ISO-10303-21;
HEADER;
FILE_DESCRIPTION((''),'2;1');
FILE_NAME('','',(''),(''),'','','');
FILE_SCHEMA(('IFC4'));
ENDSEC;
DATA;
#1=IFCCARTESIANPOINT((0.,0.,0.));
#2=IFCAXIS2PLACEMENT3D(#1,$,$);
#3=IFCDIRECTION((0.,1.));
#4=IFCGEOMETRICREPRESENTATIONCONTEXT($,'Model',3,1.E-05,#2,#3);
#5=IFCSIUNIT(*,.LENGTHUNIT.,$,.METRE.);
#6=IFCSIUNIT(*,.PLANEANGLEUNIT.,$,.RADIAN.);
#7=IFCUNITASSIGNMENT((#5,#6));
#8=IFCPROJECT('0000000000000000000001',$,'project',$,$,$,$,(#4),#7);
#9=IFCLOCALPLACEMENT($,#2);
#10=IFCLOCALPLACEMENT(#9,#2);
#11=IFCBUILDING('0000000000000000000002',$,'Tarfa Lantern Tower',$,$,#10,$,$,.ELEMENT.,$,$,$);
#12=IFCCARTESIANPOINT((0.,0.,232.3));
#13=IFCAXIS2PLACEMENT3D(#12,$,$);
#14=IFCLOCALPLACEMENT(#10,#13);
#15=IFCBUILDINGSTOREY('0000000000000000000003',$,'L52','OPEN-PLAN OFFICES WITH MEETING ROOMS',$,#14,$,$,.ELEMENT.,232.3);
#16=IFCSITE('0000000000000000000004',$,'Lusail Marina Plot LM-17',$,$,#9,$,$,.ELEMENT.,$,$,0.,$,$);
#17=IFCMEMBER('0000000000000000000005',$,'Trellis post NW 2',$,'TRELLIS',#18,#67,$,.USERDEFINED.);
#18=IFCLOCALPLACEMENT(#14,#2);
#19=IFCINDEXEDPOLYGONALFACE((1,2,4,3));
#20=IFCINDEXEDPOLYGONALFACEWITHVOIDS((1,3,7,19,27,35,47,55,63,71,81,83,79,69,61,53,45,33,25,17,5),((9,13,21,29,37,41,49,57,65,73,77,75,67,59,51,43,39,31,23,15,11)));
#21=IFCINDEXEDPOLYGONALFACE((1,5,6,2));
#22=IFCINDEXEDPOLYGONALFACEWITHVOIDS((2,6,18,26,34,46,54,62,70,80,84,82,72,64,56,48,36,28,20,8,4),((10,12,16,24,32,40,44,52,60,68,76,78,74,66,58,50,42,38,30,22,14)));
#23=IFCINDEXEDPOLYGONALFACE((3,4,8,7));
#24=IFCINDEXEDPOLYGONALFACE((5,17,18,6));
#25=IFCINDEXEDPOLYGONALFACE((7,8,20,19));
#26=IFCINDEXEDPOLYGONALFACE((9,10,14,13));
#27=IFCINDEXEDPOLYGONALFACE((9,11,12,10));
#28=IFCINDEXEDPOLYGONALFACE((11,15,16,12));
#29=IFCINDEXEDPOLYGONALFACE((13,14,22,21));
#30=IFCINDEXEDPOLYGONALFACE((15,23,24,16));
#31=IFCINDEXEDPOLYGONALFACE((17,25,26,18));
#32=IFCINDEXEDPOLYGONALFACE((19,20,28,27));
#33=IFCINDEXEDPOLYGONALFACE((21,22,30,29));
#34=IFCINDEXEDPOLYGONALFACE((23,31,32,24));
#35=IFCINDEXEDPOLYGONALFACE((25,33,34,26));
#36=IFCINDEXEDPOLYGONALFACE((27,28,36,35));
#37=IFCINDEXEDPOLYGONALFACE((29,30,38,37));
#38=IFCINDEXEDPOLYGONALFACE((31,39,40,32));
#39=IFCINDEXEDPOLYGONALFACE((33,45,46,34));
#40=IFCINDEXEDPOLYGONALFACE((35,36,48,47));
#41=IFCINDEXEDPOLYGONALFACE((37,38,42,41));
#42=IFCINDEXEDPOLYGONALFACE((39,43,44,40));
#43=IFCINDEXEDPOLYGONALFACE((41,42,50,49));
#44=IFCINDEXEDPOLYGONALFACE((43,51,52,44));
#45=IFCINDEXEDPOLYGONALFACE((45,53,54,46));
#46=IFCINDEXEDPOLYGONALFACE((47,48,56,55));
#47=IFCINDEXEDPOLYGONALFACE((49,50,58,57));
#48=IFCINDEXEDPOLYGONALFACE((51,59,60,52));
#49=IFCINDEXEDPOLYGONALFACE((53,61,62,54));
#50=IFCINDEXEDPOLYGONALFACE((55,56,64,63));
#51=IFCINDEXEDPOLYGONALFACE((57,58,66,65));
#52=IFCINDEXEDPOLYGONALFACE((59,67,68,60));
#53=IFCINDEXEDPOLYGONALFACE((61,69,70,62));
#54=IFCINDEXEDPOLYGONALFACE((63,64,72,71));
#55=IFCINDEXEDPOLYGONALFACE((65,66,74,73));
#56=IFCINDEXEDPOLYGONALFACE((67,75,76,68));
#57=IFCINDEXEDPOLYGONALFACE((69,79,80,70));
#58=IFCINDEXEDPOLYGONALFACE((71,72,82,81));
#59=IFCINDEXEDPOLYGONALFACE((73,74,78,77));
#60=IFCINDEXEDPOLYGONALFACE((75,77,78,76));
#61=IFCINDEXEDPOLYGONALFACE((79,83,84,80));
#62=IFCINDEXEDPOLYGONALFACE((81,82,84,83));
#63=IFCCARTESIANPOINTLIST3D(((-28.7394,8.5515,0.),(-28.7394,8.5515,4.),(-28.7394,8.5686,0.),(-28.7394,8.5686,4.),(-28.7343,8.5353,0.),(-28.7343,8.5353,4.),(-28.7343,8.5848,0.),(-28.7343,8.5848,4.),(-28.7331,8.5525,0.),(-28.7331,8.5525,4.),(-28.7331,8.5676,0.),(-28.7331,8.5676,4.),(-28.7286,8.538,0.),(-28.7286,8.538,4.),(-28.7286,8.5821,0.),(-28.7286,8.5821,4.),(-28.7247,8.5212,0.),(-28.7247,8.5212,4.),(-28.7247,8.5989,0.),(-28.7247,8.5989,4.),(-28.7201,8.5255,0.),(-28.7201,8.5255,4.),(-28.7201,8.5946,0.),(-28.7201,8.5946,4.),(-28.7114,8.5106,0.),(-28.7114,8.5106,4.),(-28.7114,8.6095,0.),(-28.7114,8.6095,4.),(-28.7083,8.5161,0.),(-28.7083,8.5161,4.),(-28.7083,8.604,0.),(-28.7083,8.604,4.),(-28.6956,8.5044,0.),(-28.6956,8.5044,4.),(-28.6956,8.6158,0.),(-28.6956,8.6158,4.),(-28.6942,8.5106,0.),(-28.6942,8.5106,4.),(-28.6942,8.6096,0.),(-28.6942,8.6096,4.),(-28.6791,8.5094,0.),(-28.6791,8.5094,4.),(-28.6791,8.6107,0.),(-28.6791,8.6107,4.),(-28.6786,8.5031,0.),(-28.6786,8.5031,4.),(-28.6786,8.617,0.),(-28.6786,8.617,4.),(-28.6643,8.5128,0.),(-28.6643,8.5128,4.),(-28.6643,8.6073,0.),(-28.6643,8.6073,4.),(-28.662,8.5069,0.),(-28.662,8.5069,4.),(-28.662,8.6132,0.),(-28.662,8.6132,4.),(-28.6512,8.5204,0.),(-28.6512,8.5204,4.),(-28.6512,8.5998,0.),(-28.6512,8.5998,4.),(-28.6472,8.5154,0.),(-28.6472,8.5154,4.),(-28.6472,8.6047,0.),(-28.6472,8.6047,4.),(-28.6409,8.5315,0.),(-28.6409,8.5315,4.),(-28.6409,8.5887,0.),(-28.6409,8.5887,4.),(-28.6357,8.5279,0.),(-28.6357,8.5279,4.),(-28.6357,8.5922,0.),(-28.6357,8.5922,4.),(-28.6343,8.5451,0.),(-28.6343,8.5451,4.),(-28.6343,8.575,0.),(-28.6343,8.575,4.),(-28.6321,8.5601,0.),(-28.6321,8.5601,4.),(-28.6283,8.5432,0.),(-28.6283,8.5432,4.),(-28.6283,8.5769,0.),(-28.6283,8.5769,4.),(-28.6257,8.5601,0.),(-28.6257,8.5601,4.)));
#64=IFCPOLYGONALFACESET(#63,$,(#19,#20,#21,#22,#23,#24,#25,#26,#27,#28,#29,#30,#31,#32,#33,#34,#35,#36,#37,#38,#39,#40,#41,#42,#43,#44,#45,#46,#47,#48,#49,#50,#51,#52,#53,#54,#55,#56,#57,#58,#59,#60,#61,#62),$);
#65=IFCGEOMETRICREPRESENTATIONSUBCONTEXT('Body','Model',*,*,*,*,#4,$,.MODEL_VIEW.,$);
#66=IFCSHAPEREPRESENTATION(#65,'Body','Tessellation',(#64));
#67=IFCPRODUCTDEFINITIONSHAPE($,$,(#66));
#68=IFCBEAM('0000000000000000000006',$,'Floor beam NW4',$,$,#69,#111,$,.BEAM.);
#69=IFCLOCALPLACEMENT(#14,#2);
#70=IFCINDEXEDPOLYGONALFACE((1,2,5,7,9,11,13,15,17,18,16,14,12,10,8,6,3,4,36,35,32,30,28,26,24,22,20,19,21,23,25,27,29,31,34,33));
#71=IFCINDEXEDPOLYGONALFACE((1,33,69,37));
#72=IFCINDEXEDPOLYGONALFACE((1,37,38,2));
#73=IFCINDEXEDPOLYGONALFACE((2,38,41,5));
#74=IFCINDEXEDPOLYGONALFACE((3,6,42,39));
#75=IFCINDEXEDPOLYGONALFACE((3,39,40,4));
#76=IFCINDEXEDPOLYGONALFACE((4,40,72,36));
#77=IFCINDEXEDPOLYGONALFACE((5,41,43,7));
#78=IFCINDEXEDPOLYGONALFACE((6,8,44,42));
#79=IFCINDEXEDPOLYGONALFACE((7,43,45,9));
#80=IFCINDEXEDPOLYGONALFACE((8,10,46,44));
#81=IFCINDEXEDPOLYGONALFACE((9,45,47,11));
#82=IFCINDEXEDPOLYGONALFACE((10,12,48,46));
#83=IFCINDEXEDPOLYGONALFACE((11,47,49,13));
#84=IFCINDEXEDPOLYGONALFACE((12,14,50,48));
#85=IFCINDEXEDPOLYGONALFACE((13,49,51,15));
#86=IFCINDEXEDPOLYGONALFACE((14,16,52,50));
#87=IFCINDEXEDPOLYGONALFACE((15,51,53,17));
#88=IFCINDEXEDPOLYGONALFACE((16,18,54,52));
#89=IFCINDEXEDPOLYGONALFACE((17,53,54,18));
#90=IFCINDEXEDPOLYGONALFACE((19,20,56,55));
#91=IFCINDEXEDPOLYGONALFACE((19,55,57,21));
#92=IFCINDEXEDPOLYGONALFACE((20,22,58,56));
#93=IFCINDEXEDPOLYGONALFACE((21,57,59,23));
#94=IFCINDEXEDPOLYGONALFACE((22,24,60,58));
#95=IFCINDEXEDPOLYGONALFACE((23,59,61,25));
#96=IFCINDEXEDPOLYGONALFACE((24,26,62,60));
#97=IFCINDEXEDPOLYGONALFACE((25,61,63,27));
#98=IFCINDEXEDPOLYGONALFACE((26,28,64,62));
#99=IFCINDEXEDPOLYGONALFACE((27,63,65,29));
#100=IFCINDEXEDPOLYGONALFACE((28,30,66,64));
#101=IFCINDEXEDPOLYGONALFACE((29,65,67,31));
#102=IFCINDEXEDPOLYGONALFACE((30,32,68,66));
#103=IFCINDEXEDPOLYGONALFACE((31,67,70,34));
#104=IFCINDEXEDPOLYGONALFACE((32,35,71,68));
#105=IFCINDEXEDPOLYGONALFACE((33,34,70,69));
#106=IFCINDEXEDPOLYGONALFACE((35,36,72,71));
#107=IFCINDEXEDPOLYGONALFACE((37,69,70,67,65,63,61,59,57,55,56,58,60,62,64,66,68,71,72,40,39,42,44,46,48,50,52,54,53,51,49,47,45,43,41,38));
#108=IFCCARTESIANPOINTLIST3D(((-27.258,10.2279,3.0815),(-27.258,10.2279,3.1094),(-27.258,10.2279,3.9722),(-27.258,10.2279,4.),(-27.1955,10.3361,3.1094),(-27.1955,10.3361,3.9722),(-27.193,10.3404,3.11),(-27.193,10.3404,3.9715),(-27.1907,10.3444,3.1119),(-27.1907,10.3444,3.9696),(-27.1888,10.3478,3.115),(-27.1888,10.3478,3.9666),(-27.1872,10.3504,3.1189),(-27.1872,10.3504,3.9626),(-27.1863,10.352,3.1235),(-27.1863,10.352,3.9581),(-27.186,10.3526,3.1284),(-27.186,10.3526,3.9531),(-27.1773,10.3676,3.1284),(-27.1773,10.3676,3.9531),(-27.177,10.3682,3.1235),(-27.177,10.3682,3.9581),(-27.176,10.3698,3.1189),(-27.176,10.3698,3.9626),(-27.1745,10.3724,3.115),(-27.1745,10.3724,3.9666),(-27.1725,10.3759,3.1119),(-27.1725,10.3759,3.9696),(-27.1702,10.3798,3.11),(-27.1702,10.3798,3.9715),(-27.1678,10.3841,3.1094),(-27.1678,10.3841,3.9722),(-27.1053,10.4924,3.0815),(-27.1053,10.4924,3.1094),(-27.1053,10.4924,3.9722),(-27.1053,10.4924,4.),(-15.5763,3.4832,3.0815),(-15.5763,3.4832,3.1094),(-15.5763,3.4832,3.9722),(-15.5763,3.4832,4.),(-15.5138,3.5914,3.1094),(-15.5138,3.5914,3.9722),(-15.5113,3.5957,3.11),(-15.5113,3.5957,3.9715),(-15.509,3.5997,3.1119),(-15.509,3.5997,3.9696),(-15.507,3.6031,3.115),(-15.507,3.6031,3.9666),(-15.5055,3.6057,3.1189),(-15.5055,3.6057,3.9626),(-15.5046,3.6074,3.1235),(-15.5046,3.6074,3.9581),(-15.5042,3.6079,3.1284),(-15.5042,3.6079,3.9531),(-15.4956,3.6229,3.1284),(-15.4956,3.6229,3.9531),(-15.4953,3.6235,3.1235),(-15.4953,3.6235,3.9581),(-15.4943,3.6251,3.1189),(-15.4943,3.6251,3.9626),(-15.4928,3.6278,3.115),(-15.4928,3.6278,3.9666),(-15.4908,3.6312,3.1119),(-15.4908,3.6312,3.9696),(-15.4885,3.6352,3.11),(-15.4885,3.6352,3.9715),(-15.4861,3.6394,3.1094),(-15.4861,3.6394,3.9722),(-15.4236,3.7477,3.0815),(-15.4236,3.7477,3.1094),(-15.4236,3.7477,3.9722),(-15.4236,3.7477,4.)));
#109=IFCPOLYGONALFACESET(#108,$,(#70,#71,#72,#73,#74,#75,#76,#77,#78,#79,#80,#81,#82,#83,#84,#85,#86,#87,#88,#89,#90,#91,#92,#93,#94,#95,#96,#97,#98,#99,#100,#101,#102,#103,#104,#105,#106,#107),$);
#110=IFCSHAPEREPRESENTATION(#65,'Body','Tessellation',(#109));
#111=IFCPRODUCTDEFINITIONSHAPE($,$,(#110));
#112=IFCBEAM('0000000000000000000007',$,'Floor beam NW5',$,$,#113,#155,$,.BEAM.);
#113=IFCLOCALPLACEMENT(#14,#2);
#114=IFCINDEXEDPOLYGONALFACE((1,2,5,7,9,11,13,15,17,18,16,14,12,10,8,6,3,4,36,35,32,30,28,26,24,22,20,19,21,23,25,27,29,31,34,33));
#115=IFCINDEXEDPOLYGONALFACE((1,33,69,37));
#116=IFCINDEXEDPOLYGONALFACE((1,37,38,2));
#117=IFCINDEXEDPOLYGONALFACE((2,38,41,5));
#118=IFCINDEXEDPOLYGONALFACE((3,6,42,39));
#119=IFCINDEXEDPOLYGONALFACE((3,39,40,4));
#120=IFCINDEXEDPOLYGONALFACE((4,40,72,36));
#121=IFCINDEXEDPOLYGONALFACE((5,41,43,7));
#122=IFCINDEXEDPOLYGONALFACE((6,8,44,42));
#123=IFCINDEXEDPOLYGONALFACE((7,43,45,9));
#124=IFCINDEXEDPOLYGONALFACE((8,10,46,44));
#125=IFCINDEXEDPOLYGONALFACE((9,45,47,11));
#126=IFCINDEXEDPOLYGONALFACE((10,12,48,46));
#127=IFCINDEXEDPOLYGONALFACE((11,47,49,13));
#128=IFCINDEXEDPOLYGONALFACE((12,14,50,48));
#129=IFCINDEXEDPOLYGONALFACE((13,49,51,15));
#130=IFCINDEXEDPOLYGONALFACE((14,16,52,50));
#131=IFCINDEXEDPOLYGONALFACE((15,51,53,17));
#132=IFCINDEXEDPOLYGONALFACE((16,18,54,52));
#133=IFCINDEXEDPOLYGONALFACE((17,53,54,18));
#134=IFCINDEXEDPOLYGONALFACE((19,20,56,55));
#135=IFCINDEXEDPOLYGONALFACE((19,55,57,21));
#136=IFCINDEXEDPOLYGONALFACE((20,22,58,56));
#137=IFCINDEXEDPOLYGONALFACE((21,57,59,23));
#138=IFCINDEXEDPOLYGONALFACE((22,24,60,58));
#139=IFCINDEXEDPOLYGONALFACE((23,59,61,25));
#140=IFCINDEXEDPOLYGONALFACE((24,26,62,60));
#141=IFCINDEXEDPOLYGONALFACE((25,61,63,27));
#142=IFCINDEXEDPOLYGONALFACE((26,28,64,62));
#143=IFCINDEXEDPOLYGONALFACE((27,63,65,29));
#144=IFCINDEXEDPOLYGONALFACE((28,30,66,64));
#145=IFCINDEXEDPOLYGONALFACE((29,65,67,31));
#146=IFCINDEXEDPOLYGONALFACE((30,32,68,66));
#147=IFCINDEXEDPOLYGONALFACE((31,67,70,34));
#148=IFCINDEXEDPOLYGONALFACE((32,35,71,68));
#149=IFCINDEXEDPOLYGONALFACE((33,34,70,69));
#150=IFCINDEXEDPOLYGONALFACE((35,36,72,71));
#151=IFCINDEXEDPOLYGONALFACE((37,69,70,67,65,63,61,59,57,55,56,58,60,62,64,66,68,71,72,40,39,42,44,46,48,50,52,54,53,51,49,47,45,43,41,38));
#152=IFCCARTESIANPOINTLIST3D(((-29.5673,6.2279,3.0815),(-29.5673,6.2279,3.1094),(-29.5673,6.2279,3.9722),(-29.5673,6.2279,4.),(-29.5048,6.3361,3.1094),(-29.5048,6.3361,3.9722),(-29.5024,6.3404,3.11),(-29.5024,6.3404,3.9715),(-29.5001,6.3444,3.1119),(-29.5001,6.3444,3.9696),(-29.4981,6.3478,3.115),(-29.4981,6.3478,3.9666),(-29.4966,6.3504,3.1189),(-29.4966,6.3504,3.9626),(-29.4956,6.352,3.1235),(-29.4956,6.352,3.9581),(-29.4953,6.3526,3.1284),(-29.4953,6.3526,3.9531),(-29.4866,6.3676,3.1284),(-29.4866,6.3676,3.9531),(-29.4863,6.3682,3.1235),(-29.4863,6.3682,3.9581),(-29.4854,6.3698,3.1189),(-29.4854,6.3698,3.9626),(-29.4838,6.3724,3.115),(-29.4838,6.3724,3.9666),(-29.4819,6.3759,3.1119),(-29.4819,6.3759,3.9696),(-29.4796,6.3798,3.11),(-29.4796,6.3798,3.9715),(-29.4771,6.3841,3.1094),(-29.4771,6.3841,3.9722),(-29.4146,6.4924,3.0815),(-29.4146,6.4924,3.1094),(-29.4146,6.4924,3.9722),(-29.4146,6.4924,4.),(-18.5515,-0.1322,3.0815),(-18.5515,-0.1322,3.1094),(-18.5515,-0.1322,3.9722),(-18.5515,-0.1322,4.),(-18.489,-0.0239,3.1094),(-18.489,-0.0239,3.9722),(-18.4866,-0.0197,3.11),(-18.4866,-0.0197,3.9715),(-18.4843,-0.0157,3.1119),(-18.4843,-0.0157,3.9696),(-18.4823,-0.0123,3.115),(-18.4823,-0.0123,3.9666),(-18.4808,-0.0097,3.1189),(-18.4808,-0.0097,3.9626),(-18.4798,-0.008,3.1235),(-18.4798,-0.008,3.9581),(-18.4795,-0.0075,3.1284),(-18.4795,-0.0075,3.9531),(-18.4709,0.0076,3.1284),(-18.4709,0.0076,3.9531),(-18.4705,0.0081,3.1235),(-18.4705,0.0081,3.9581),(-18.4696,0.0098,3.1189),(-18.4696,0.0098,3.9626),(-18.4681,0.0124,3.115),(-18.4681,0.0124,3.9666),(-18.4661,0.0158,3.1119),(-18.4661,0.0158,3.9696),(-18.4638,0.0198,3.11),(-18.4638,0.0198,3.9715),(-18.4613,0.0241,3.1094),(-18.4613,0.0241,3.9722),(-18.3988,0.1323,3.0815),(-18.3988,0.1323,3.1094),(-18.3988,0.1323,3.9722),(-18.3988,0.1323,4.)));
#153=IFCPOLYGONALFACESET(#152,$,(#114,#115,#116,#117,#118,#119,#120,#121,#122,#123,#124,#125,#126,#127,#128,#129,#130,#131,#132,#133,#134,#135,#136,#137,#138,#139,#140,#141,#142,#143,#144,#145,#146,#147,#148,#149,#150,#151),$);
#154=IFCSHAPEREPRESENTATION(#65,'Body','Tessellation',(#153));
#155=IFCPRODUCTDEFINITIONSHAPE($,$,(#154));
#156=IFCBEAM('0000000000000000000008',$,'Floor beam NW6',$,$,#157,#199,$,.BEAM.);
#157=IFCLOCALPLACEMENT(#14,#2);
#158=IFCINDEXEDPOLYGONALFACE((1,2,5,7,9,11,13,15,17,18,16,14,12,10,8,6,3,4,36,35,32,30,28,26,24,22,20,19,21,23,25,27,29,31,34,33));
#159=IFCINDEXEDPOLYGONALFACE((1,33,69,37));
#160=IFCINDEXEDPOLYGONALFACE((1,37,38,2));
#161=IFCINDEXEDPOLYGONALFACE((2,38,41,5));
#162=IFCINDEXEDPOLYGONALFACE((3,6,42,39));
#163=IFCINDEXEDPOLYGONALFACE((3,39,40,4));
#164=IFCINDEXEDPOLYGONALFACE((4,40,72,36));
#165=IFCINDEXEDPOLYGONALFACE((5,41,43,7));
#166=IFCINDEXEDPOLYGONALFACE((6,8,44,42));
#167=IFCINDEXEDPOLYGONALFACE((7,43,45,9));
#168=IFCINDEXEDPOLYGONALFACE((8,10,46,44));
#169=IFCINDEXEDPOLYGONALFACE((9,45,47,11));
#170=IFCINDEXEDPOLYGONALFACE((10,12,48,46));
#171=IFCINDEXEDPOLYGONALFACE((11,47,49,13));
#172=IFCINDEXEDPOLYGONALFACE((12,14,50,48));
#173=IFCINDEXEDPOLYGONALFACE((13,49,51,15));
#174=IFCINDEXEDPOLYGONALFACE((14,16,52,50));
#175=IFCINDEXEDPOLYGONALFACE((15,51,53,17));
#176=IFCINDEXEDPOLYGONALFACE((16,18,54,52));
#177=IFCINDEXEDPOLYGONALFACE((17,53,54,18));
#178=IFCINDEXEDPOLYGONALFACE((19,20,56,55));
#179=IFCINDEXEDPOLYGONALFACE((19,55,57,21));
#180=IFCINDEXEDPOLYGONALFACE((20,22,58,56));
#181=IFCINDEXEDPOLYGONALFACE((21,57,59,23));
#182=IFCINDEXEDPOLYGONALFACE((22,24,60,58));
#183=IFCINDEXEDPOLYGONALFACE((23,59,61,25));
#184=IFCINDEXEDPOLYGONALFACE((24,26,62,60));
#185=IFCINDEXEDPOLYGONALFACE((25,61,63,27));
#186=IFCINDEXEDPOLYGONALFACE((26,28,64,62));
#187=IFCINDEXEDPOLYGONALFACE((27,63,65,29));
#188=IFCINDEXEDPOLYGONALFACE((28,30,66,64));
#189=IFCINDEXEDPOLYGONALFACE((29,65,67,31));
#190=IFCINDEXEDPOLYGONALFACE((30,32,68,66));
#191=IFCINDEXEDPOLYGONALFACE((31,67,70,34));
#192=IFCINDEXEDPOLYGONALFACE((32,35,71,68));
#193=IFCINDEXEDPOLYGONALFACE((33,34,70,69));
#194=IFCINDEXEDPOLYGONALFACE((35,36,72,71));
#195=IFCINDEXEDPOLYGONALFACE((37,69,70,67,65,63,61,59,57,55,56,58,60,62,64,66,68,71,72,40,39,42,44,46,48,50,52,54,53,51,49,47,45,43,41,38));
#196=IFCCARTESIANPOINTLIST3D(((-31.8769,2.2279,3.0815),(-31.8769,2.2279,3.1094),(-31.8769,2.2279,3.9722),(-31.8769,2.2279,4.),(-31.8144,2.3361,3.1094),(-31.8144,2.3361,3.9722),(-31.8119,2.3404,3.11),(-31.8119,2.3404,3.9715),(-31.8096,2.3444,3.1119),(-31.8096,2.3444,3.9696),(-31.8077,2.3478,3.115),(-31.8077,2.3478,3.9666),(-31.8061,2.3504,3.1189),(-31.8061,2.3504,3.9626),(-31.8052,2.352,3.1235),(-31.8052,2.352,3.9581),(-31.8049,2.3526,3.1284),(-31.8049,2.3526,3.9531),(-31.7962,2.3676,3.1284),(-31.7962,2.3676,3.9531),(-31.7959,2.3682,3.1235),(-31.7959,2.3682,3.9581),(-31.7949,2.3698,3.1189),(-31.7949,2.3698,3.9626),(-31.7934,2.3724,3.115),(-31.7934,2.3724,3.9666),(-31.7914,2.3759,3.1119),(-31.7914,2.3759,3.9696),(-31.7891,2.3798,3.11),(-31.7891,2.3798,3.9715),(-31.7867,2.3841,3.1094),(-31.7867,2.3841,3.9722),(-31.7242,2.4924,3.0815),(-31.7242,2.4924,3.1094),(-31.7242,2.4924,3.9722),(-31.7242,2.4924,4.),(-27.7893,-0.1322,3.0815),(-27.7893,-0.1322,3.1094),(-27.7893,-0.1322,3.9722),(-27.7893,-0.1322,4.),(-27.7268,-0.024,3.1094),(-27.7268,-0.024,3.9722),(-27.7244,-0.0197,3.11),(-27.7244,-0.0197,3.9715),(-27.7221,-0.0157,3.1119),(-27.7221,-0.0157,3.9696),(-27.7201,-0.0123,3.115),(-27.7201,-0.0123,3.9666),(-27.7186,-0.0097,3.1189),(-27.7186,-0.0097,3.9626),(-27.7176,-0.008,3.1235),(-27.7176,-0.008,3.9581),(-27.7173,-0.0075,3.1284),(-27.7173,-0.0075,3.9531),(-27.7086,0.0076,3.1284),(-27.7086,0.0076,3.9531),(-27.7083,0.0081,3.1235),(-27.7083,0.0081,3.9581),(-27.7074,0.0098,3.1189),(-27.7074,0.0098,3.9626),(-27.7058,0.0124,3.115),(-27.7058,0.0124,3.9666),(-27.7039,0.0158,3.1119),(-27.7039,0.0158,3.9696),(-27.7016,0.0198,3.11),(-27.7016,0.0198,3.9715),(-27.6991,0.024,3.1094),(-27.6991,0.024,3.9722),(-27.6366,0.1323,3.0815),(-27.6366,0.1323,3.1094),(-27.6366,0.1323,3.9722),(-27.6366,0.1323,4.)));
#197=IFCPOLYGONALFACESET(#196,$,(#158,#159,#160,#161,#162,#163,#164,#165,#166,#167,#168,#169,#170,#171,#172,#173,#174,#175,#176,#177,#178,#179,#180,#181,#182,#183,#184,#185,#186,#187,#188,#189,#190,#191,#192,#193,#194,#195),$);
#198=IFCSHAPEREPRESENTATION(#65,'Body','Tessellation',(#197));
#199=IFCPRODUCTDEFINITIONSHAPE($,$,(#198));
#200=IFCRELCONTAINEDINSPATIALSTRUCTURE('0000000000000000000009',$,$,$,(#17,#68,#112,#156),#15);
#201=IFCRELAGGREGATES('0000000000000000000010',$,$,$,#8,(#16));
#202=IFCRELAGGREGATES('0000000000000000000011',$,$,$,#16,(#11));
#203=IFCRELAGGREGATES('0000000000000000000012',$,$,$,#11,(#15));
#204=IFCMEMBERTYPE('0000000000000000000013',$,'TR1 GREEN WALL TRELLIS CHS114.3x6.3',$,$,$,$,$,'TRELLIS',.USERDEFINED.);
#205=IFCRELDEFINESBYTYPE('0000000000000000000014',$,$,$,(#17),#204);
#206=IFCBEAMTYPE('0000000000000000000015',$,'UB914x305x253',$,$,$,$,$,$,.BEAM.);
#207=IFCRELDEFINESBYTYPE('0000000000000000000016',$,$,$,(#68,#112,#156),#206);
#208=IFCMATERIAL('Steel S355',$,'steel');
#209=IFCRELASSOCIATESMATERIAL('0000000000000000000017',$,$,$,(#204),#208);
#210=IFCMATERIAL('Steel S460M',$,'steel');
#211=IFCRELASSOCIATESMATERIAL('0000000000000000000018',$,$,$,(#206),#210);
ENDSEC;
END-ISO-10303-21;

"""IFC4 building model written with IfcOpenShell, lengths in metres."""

from ifc_helpers import new_model, si_unit, direction, frame, origin, origin_2d, place, context, subcontext, project, spatial, hollow_circle, i_section, extrude, material, material_profile, profile_set, type_object, element, save


model = new_model("IFC4")

# Units and contexts
model_context = context("Model", 3, precision=1e-05, world=origin(), true_north=direction((0.0, 1.0)))
body_context = subcontext(model_context, "Body", "Model", "MODEL_VIEW")
ifc_project = project(units=[si_unit("LENGTHUNIT", "METRE"), si_unit("PLANEANGLEUNIT", "RADIAN")], contexts=[model_context])

# Site, building, storey
site_placement = place(None, origin())
site = spatial("IfcSite", under=ifc_project, at=site_placement, Name="Lusail Marina Plot LM-17", CompositionType="ELEMENT", RefElevation=0.0)
building_placement = place(site_placement, origin())
building = spatial("IfcBuilding", under=site, at=building_placement, Name="Tarfa Lantern Tower", CompositionType="ELEMENT")
storey_placement = place(building_placement, frame((0.0, 0.0, 232.3)))
storey = spatial("IfcBuildingStorey", under=building, at=storey_placement, Name="L52", Description="OPEN-PLAN OFFICES WITH MEETING ROOMS", CompositionType="ELEMENT", Elevation=232.3)

# Member
ifc_material_1 = material(Name="Steel S355", Category="steel")
ifc_material_profile_1 = material_profile(ifc_material_1, hollow_circle(Radius=0.0571, WallThickness=0.0063, at=origin_2d()), Name="CHS114.3x6.3")
ifc_profile_set_1 = profile_set([ifc_material_profile_1], Name="Steel S355")
member_type_1 = type_object("IfcMemberType", Name="TR1 GREEN WALL TRELLIS CHS114.3x6.3", ElementType="TRELLIS", PredefinedType="USERDEFINED", material=ifc_profile_set_1)
member_1_placement = place(storey_placement, frame((-28.6829, 8.5601, 0.0), z_axis=(0.0, 0.0, 1.0), x_axis=(1.0, 0.0, 0.0)))
element("IfcMember", 1, at=member_1_placement, inside=storey, type_object=member_type_1, Name="Trellis post NW 2", ObjectType="TRELLIS", PredefinedType="USERDEFINED", context=body_context, shape_type="SweptSolid", body=[
    extrude(hollow_circle(Radius=0.0571, WallThickness=0.0063, at=origin_2d()), origin(), (0.0, 0.0, 1.0), 4.0),
])

# Beams
ifc_material_2 = material(Name="Steel S460M", Category="steel")
ifc_material_profile_2 = material_profile(ifc_material_2, i_section(OverallWidth=0.3054, OverallDepth=0.9185, WebThickness=0.0173, FlangeThickness=0.0278, FilletRadius=0.019, at=origin_2d()), Name="UB914x305x253")
ifc_profile_set_2 = profile_set([ifc_material_profile_2], Name="Steel S460M")
beam_type_1 = type_object("IfcBeamType", Name="UB914x305x253", PredefinedType="BEAM", material=ifc_profile_set_2)
beam_1_placement = place(storey_placement, frame((-27.1816, 10.3601, 3.5408), z_axis=(0.866018, -0.500013, 0.0), x_axis=(0.500013, 0.866018, 0.0)))
element("IfcBeam", 2, at=beam_1_placement, inside=storey, type_object=beam_type_1, Name="Floor beam NW4", PredefinedType="BEAM", context=body_context, shape_type="SweptSolid", body=[
    extrude(i_section(OverallWidth=0.3054, OverallDepth=0.9185, WebThickness=0.0173, FlangeThickness=0.0278, FilletRadius=0.019, at=origin_2d()), origin(), (0.0, 0.0, 1.0), 13.489),
])
beam_2_placement = place(storey_placement, frame((-29.491, 6.3601, 3.5408), z_axis=(0.866022, -0.500005, 0.0), x_axis=(0.500005, 0.866022, 0.0)))
element("IfcBeam", 3, at=beam_2_placement, inside=storey, type_object=beam_type_1, Name="Floor beam NW5", PredefinedType="BEAM", context=body_context, shape_type="SweptSolid", body=[
    extrude(i_section(OverallWidth=0.3054, OverallDepth=0.9185, WebThickness=0.0173, FlangeThickness=0.0278, FilletRadius=0.019, at=origin_2d()), origin(), (0.0, 0.0, 1.0), 12.72),
])
beam_3_placement = place(storey_placement, frame((-31.8005, 2.3601, 3.5408), z_axis=(0.866016, -0.500016, 0.0), x_axis=(0.500016, 0.866016, 0.0)))
element("IfcBeam", 4, at=beam_3_placement, inside=storey, type_object=beam_type_1, Name="Floor beam NW6", PredefinedType="BEAM", context=body_context, shape_type="SweptSolid", body=[
    extrude(i_section(OverallWidth=0.3054, OverallDepth=0.9185, WebThickness=0.0173, FlangeThickness=0.0278, FilletRadius=0.019, at=origin_2d()), origin(), (0.0, 0.0, 1.0), 4.72),
])

save(model, "model.ifc")
